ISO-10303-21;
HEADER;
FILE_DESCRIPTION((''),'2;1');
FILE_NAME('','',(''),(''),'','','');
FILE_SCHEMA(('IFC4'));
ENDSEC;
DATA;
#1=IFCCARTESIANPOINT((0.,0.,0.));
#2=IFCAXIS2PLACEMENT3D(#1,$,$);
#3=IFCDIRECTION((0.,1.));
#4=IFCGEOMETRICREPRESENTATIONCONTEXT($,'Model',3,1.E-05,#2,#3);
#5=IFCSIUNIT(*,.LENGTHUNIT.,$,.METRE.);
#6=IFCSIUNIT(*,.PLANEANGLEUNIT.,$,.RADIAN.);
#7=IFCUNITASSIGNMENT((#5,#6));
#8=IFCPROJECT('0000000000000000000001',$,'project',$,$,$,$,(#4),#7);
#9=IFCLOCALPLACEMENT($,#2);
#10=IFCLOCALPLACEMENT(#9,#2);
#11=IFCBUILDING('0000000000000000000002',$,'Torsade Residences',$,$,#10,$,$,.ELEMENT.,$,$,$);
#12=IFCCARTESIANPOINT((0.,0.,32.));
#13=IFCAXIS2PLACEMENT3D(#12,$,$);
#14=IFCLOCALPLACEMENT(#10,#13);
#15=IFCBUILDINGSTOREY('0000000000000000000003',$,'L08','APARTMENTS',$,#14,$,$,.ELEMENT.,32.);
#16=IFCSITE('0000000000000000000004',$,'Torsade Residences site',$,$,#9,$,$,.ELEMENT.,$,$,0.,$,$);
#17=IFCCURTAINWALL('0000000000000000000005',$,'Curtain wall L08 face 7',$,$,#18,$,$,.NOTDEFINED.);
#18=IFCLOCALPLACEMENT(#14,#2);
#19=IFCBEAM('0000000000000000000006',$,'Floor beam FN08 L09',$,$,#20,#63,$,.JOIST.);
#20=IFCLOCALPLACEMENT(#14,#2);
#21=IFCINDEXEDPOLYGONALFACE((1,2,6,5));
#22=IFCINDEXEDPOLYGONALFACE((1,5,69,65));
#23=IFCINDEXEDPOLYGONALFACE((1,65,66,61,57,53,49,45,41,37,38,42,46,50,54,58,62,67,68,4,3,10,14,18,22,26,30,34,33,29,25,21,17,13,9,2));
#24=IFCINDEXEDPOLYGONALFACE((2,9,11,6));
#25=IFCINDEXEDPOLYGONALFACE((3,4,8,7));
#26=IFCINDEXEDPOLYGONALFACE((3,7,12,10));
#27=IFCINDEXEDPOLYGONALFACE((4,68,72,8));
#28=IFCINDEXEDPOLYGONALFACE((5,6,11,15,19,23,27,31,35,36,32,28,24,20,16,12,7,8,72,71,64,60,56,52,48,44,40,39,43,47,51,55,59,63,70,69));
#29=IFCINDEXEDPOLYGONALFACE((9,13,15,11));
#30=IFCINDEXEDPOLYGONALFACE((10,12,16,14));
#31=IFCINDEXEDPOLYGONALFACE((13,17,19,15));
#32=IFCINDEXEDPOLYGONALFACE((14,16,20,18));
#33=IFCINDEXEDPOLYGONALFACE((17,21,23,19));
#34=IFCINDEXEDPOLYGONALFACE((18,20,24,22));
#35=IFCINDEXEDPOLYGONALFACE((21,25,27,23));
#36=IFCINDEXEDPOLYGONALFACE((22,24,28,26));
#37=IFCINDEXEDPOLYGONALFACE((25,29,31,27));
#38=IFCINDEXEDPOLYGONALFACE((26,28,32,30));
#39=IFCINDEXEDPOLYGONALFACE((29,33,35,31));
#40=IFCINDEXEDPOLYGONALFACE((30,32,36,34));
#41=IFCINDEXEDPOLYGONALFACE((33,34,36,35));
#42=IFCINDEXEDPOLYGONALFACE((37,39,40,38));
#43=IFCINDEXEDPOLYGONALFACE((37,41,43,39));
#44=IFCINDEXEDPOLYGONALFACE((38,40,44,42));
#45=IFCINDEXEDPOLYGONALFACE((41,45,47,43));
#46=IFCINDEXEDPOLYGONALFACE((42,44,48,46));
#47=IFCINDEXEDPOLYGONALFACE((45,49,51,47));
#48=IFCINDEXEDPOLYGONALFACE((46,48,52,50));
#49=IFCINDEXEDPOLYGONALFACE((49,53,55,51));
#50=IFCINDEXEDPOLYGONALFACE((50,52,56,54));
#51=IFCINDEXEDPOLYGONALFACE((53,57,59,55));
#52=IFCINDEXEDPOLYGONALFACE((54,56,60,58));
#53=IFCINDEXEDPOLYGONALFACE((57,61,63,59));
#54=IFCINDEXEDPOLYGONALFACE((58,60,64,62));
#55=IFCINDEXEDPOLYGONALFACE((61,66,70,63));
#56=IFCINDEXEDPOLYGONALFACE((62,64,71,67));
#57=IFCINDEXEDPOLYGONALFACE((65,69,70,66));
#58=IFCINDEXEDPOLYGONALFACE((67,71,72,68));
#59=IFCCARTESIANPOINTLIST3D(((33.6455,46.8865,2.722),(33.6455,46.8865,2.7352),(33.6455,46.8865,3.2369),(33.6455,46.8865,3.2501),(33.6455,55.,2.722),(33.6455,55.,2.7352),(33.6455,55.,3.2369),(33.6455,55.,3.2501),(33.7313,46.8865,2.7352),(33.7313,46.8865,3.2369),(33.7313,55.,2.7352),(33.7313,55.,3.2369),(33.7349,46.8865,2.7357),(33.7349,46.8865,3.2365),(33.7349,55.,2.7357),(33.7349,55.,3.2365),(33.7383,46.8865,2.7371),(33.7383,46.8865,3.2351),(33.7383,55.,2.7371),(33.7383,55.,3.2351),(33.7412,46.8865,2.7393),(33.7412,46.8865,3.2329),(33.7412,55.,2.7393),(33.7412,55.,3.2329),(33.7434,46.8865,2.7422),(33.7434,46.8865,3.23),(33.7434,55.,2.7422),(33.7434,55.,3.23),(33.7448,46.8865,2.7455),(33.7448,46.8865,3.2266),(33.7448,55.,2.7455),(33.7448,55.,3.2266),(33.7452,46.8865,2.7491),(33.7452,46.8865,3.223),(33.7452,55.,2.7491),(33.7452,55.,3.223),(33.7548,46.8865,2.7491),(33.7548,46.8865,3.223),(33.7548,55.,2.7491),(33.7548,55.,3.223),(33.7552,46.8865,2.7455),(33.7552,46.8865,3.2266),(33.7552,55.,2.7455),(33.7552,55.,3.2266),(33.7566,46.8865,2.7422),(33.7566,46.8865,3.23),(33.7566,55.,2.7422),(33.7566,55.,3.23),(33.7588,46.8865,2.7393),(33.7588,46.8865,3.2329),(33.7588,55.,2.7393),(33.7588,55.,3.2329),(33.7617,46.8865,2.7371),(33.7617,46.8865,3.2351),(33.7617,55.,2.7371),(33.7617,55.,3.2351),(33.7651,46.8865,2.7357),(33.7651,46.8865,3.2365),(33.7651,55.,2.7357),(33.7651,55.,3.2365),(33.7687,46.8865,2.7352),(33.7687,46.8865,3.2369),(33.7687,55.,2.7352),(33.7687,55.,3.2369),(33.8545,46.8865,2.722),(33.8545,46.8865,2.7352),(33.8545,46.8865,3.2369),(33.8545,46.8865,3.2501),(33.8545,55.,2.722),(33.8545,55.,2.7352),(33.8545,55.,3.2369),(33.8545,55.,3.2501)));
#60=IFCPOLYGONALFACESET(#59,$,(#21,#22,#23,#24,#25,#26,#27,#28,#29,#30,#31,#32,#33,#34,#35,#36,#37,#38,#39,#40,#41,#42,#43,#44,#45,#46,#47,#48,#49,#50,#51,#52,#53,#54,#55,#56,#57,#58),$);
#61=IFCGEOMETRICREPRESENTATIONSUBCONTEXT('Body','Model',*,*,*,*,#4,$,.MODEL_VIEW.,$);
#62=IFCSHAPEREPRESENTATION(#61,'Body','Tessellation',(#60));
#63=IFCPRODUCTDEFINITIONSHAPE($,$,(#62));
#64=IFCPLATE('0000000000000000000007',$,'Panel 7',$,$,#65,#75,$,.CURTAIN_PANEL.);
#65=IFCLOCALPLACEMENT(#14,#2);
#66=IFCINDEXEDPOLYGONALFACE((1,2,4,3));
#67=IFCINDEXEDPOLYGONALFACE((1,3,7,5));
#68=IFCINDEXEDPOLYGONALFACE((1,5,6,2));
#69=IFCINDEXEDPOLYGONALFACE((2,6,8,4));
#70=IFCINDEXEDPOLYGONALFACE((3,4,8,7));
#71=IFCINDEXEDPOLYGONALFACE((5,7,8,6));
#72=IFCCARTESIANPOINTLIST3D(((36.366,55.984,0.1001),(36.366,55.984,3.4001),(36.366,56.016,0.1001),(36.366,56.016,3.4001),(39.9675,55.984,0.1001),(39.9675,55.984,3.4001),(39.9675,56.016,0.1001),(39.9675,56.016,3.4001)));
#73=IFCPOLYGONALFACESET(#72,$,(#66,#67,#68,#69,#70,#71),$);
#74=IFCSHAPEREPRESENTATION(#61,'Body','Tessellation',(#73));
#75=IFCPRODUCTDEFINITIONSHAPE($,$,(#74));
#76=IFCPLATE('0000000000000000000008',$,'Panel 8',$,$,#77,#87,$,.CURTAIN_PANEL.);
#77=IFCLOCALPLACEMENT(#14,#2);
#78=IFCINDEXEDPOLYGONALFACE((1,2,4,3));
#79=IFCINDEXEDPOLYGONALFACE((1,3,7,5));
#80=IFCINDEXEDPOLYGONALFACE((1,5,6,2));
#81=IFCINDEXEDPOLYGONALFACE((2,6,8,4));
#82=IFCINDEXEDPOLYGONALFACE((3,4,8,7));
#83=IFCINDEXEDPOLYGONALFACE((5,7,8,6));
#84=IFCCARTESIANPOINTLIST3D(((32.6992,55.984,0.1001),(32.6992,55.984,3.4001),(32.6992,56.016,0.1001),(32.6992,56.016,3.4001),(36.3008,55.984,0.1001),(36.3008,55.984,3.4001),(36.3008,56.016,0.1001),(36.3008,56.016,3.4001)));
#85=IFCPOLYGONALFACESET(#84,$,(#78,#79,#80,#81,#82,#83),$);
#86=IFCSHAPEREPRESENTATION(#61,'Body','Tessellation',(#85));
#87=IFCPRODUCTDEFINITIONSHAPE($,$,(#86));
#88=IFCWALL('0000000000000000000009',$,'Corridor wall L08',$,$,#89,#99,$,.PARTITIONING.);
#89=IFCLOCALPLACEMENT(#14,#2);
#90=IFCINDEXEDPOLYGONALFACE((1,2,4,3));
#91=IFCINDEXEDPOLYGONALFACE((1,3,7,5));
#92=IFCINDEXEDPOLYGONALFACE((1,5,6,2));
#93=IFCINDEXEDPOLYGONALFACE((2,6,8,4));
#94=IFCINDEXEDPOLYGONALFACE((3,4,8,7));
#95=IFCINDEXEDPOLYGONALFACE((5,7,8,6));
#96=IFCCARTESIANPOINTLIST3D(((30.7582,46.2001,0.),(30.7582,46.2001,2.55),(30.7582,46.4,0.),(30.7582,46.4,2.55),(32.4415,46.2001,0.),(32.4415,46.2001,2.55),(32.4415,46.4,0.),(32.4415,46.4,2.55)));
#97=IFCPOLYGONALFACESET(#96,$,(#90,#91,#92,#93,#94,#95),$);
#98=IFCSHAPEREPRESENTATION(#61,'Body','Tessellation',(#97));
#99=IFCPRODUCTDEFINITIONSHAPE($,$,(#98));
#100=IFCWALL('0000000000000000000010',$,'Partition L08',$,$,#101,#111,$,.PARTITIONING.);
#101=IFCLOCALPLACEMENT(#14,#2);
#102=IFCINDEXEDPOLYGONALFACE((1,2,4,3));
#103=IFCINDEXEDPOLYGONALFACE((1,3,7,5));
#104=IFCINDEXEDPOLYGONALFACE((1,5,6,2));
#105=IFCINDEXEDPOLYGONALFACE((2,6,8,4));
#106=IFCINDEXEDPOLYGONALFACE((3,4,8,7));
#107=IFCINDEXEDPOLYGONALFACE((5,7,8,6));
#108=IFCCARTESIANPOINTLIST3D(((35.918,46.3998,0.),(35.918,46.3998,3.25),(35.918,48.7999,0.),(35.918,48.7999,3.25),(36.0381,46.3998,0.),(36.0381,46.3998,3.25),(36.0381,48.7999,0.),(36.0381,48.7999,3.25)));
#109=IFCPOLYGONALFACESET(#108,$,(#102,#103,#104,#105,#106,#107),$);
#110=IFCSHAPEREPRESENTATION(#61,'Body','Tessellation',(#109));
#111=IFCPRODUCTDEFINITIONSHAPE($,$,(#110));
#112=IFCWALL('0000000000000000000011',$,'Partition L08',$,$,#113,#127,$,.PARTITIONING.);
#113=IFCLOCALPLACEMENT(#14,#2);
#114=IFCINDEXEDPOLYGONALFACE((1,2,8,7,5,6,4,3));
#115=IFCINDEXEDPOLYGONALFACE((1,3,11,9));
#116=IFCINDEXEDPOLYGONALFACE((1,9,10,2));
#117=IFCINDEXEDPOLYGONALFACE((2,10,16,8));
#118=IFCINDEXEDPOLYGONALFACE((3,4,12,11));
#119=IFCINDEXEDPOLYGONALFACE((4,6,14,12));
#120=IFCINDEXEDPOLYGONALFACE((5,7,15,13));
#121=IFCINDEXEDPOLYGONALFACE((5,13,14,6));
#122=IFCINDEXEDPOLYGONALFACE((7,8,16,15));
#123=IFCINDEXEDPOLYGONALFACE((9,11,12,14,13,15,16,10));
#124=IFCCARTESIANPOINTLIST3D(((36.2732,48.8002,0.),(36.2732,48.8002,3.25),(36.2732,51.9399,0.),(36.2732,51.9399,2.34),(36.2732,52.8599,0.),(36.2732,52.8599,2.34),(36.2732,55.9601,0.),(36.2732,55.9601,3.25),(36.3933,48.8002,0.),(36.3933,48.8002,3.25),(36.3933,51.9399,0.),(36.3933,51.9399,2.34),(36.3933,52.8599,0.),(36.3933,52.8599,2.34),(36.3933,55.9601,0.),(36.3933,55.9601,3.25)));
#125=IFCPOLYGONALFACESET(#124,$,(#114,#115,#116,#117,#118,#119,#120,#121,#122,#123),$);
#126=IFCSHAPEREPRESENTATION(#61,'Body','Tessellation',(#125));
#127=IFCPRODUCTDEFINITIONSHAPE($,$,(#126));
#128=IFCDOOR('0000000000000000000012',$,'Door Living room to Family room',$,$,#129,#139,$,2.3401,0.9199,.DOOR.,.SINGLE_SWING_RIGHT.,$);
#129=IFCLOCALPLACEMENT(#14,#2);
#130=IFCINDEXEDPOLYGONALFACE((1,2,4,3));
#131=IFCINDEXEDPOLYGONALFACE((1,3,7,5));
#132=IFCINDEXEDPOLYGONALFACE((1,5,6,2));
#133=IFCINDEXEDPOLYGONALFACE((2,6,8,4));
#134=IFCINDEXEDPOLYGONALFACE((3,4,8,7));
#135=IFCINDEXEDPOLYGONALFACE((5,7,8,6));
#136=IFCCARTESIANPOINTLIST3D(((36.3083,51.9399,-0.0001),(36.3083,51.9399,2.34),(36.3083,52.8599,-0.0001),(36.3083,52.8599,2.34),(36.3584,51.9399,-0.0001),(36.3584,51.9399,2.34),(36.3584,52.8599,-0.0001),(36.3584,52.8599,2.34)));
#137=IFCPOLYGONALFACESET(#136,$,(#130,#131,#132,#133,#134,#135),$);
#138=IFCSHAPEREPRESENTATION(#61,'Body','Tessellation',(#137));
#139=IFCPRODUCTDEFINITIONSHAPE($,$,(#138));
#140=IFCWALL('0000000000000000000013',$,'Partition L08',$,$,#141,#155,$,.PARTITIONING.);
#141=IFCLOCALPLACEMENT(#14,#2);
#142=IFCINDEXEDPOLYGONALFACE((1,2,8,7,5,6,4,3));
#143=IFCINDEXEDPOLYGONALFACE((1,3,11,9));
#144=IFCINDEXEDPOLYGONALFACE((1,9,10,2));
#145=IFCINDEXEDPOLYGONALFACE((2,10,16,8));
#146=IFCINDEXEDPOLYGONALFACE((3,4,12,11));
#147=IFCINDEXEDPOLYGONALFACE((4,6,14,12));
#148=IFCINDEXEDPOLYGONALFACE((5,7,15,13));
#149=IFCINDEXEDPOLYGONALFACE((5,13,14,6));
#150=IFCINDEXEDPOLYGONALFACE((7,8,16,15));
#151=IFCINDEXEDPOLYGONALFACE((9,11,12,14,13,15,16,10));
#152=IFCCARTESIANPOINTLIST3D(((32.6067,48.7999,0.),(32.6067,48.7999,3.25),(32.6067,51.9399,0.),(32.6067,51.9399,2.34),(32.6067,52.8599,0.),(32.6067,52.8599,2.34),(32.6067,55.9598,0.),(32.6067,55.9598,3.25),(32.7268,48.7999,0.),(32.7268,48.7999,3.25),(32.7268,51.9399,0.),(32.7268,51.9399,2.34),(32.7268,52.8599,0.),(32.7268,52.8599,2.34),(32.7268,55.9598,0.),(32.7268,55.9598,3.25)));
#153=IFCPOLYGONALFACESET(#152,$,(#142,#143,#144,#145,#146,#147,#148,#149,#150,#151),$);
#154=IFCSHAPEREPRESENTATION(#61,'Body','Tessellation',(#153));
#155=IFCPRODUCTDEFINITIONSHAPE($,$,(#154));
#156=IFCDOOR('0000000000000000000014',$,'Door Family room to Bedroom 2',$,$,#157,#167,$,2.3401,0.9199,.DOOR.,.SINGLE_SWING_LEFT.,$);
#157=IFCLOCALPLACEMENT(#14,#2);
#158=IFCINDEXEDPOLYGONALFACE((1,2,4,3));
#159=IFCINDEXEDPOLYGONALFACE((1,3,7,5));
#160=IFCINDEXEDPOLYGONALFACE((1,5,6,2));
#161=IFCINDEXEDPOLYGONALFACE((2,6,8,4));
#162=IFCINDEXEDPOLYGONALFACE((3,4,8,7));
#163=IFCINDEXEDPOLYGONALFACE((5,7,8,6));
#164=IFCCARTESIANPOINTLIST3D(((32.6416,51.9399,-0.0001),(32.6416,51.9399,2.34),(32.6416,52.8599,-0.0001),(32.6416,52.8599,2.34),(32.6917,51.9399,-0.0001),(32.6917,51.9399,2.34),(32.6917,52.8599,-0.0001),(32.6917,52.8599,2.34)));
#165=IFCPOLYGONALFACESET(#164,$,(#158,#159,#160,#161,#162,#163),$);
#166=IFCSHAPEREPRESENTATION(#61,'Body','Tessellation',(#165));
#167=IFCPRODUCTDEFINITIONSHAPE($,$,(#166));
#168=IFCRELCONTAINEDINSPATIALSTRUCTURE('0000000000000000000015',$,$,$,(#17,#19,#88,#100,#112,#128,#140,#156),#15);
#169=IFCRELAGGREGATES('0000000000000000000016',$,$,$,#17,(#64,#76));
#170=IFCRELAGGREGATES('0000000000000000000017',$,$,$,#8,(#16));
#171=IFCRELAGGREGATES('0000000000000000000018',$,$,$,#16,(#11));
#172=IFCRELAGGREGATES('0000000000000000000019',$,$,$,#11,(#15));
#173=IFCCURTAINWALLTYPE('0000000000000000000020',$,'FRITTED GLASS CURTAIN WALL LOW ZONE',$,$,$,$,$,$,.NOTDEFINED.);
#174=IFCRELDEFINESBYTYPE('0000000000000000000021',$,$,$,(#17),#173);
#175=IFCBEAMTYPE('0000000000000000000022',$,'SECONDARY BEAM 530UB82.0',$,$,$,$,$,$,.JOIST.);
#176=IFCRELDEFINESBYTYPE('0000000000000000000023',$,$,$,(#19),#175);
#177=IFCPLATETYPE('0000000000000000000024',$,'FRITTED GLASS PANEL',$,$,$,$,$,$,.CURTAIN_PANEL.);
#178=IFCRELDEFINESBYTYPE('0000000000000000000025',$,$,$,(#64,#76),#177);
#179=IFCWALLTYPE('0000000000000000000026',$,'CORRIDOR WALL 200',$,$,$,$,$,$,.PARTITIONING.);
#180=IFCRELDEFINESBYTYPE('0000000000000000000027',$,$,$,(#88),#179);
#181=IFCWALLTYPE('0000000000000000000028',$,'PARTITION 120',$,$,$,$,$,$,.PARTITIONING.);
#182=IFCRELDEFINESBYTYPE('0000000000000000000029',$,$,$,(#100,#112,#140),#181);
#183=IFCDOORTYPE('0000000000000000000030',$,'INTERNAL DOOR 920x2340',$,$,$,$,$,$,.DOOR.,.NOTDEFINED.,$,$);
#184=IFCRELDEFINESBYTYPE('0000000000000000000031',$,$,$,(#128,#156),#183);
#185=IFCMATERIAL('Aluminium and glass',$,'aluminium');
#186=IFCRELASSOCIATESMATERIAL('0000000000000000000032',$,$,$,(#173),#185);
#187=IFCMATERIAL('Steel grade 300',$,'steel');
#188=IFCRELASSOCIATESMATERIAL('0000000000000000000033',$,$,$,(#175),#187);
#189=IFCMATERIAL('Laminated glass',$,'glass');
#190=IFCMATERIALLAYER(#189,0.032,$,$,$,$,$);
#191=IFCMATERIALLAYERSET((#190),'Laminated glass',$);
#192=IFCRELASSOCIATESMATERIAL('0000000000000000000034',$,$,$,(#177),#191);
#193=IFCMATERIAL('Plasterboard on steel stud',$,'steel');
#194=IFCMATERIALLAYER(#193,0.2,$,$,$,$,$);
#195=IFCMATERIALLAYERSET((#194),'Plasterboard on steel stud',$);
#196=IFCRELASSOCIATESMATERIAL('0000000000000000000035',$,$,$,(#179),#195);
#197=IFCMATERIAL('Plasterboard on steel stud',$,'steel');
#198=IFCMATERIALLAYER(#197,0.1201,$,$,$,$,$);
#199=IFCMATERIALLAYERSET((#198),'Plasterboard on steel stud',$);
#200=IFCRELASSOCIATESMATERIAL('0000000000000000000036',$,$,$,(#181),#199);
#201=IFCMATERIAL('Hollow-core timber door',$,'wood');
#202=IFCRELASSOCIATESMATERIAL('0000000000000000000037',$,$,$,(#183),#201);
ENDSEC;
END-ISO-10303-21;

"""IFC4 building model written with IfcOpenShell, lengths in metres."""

from ifc_helpers import new_model, si_unit, direction, frame, frame_2d, origin, origin_2d, place, context, subcontext, project, spatial, rectangle, i_section, extrude, material, layer, layer_set, material_profile, profile_set, type_object, element, fill, aggregate, save


model = new_model("IFC4")

# Units and contexts
model_context = context("Model", 3, precision=1e-05, world=origin(), true_north=direction((0.0, 1.0)))
body_context = subcontext(model_context, "Body", "Model", "MODEL_VIEW")
ifc_project = project(units=[si_unit("LENGTHUNIT", "METRE"), si_unit("PLANEANGLEUNIT", "RADIAN")], contexts=[model_context])

# Site, building, storey
site_placement = place(None, origin())
site = spatial("IfcSite", under=ifc_project, at=site_placement, Name="Torsade Residences site", CompositionType="ELEMENT", RefElevation=0.0)
building_placement = place(site_placement, origin())
building = spatial("IfcBuilding", under=site, at=building_placement, Name="Torsade Residences", CompositionType="ELEMENT")
storey_placement = place(building_placement, frame((0.0, 0.0, 32.0)))
storey = spatial("IfcBuildingStorey", under=building, at=storey_placement, Name="L08", Description="APARTMENTS", CompositionType="ELEMENT", Elevation=32.0)

# Curtain wall
ifc_material_1 = material(Name="Aluminium and glass", Category="aluminium")
curtain_wall_type = type_object("IfcCurtainWallType", Name="FRITTED GLASS CURTAIN WALL LOW ZONE", PredefinedType="NOTDEFINED", material=ifc_material_1)
curtain_wall_placement = place(storey_placement, origin())
curtain_wall = element("IfcCurtainWall", 1, at=curtain_wall_placement, inside=storey, type_object=curtain_wall_type, Name="Curtain wall L08 face 7", PredefinedType="NOTDEFINED")

# Beam
ifc_material_2 = material(Name="Steel grade 300", Category="steel")
ifc_material_profile_1 = material_profile(ifc_material_2, i_section(OverallWidth=0.209, OverallDepth=0.5281, WebThickness=0.0095, FlangeThickness=0.0132, FilletRadius=0.0139, at=origin_2d()), Name="530UB82.0")
ifc_profile_set_1 = profile_set([ifc_material_profile_1], Name="Steel grade 300")
beam_type_1 = type_object("IfcBeamType", Name="SECONDARY BEAM 530UB82.0", PredefinedType="JOIST", material=ifc_profile_set_1)
beam_1_placement = place(storey_placement, frame((33.75, 55.0, 2.9861), z_axis=(0.0, -1.0, 0.0), x_axis=(1.0, 0.0, 0.0)))
element("IfcBeam", 2, at=beam_1_placement, inside=storey, type_object=beam_type_1, Name="Floor beam FN08 L09", PredefinedType="JOIST", context=body_context, shape_type="SweptSolid", body=[
    extrude(i_section(OverallWidth=0.209, OverallDepth=0.5281, WebThickness=0.0095, FlangeThickness=0.0132, FilletRadius=0.0139, at=origin_2d()), origin(), (0.0, 0.0, 1.0), 8.1135),
])

# Plates
ifc_material_3 = material(Name="Laminated glass", Category="glass")
ifc_layer_1 = layer(ifc_material_3, 0.032)
ifc_layer_set_1 = layer_set([ifc_layer_1], Name="Laminated glass")
plate_type = type_object("IfcPlateType", Name="FRITTED GLASS PANEL", PredefinedType="CURTAIN_PANEL", material=ifc_layer_set_1)
plate_1_placement = place(storey_placement, frame((38.1667, 56.0, 0.1001), z_axis=(0.0, 0.0, 1.0), x_axis=(-1.0, 0.0, 0.0)))
plate_1 = element("IfcPlate", 3, at=plate_1_placement, type_object=plate_type, Name="Panel 7", PredefinedType="CURTAIN_PANEL", context=body_context, shape_type="SweptSolid", body=[
    extrude(rectangle(XDim=3.6016, YDim=0.032, at=origin_2d()), origin(), (0.0, 0.0, 1.0), 3.3),
])
plate_2_placement = place(storey_placement, frame((34.5, 56.0, 0.1001), z_axis=(0.0, 0.0, 1.0), x_axis=(-1.0, 0.0, 0.0)))
plate_2 = element("IfcPlate", 4, at=plate_2_placement, type_object=plate_type, Name="Panel 8", PredefinedType="CURTAIN_PANEL", context=body_context, shape_type="SweptSolid", body=[
    extrude(rectangle(XDim=3.6016, YDim=0.032, at=origin_2d()), origin(), (0.0, 0.0, 1.0), 3.3),
])
aggregate(curtain_wall, [plate_1, plate_2])

# Walls
ifc_material_4 = material(Name="Plasterboard on steel stud", Category="steel")
ifc_layer_2 = layer(ifc_material_4, 0.2)
ifc_layer_set_2 = layer_set([ifc_layer_2], Name="Plasterboard on steel stud")
wall_type_1 = type_object("IfcWallType", Name="CORRIDOR WALL 200", PredefinedType="PARTITIONING", material=ifc_layer_set_2)
wall_1_placement = place(storey_placement, frame((32.4417, 46.3, 0.0), z_axis=(0.0, 0.0, 1.0), x_axis=(-1.0, 0.0, 0.0)))
element("IfcWall", 5, at=wall_1_placement, inside=storey, type_object=wall_type_1, Name="Corridor wall L08", PredefinedType="PARTITIONING", context=body_context, shape_type="SweptSolid", body=[
    extrude(rectangle(XDim=1.6833, YDim=0.2, at=frame_2d((0.8418, 0.0))), origin(), (0.0, 0.0, 1.0), 2.55),
])
ifc_material_5 = material(Name="Plasterboard on steel stud", Category="steel")
ifc_layer_3 = layer(ifc_material_5, 0.1201)
ifc_layer_set_3 = layer_set([ifc_layer_3], Name="Plasterboard on steel stud")
wall_type_2 = type_object("IfcWallType", Name="PARTITION 120", PredefinedType="PARTITIONING", material=ifc_layer_set_3)
wall_2_placement = place(storey_placement, frame((35.978, 48.8, 0.0), z_axis=(0.0, 0.0, 1.0), x_axis=(0.0, -1.0, 0.0)))
element("IfcWall", 6, at=wall_2_placement, inside=storey, type_object=wall_type_2, Name="Partition L08", PredefinedType="PARTITIONING", context=body_context, shape_type="SweptSolid", body=[
    extrude(rectangle(XDim=2.4001, YDim=0.1201, at=frame_2d((1.2002, 0.0))), origin(), (0.0, 0.0, 1.0), 3.25),
])

# Walls, openings, doors
wall_3_placement = place(storey_placement, frame((36.3333, 48.8, 0.0), z_axis=(0.0, 0.0, 1.0), x_axis=(0.0, 1.0, 0.0)))
wall_3 = element("IfcWall", 7, at=wall_3_placement, inside=storey, type_object=wall_type_2, Name="Partition L08", PredefinedType="PARTITIONING", context=body_context, shape_type="SweptSolid", body=[
    extrude(rectangle(XDim=7.1599, YDim=0.1201, at=frame_2d((3.5801, 0.0))), origin(), (0.0, 0.0, 1.0), 3.25),
])
opening_1_placement = place(wall_3_placement, frame((3.1399, 0.0, 0.0)))
opening_1 = element("IfcOpeningElement", 8, at=opening_1_placement, cuts=wall_3, PredefinedType="OPENING", context=body_context, shape_type="SweptSolid", body=[
    extrude(rectangle(XDim=0.9199, YDim=2.3401, at=frame_2d((0.46, 1.1699))), frame((0.0, 0.0701, 0.0), z_axis=(0.0, -1.0, 0.0), x_axis=(1.0, 0.0, 0.0)), (0.0, 0.0, 1.0), 0.1401),
])
ifc_material_6 = material(Name="Hollow-core timber door", Category="wood")
door_type = type_object("IfcDoorType", Name="INTERNAL DOOR 920x2340", OperationType="NOTDEFINED", PredefinedType="DOOR", material=ifc_material_6)
door_1_placement = place(opening_1_placement, origin())
door_1 = element("IfcDoor", 9, at=door_1_placement, inside=storey, type_object=door_type, Name="Door Living room to Family room", OperationType="SINGLE_SWING_RIGHT", OverallHeight=2.3401, OverallWidth=0.9199, PredefinedType="DOOR", context=body_context, shape_type="SweptSolid", body=[
    extrude(rectangle(XDim=0.9199, YDim=2.3401, at=frame_2d((0.46, 1.1699))), frame((0.0, 0.0249, 0.0), z_axis=(0.0, -1.0, 0.0), x_axis=(1.0, 0.0, 0.0)), (0.0, 0.0, 1.0), 0.05),
])
fill(opening_1, door_1)
wall_4_placement = place(storey_placement, frame((32.6667, 55.96, 0.0), z_axis=(0.0, 0.0, 1.0), x_axis=(0.0, -1.0, 0.0)))
wall_4 = element("IfcWall", 10, at=wall_4_placement, inside=storey, type_object=wall_type_2, Name="Partition L08", PredefinedType="PARTITIONING", context=body_context, shape_type="SweptSolid", body=[
    extrude(rectangle(XDim=7.1599, YDim=0.1201, at=frame_2d((3.5801, 0.0))), origin(), (0.0, 0.0, 1.0), 3.25),
])
opening_2_placement = place(wall_4_placement, frame((3.1001, 0.0, 0.0)))
opening_2 = element("IfcOpeningElement", 11, at=opening_2_placement, cuts=wall_4, PredefinedType="OPENING", context=body_context, shape_type="SweptSolid", body=[
    extrude(rectangle(XDim=0.9199, YDim=2.3401, at=frame_2d((0.46, 1.1699))), frame((0.0, 0.0701, 0.0), z_axis=(0.0, -1.0, 0.0), x_axis=(1.0, 0.0, 0.0)), (0.0, 0.0, 1.0), 0.1401),
])
door_2_placement = place(opening_2_placement, origin())
door_2 = element("IfcDoor", 12, at=door_2_placement, inside=storey, type_object=door_type, Name="Door Family room to Bedroom 2", OperationType="SINGLE_SWING_LEFT", OverallHeight=2.3401, OverallWidth=0.9199, PredefinedType="DOOR", context=body_context, shape_type="SweptSolid", body=[
    extrude(rectangle(XDim=0.9199, YDim=2.3401, at=frame_2d((0.46, 1.1699))), frame((0.0, 0.0249, 0.0), z_axis=(0.0, -1.0, 0.0), x_axis=(1.0, 0.0, 0.0)), (0.0, 0.0, 1.0), 0.05),
])
fill(opening_2, door_2)

save(model, "model.ifc")
